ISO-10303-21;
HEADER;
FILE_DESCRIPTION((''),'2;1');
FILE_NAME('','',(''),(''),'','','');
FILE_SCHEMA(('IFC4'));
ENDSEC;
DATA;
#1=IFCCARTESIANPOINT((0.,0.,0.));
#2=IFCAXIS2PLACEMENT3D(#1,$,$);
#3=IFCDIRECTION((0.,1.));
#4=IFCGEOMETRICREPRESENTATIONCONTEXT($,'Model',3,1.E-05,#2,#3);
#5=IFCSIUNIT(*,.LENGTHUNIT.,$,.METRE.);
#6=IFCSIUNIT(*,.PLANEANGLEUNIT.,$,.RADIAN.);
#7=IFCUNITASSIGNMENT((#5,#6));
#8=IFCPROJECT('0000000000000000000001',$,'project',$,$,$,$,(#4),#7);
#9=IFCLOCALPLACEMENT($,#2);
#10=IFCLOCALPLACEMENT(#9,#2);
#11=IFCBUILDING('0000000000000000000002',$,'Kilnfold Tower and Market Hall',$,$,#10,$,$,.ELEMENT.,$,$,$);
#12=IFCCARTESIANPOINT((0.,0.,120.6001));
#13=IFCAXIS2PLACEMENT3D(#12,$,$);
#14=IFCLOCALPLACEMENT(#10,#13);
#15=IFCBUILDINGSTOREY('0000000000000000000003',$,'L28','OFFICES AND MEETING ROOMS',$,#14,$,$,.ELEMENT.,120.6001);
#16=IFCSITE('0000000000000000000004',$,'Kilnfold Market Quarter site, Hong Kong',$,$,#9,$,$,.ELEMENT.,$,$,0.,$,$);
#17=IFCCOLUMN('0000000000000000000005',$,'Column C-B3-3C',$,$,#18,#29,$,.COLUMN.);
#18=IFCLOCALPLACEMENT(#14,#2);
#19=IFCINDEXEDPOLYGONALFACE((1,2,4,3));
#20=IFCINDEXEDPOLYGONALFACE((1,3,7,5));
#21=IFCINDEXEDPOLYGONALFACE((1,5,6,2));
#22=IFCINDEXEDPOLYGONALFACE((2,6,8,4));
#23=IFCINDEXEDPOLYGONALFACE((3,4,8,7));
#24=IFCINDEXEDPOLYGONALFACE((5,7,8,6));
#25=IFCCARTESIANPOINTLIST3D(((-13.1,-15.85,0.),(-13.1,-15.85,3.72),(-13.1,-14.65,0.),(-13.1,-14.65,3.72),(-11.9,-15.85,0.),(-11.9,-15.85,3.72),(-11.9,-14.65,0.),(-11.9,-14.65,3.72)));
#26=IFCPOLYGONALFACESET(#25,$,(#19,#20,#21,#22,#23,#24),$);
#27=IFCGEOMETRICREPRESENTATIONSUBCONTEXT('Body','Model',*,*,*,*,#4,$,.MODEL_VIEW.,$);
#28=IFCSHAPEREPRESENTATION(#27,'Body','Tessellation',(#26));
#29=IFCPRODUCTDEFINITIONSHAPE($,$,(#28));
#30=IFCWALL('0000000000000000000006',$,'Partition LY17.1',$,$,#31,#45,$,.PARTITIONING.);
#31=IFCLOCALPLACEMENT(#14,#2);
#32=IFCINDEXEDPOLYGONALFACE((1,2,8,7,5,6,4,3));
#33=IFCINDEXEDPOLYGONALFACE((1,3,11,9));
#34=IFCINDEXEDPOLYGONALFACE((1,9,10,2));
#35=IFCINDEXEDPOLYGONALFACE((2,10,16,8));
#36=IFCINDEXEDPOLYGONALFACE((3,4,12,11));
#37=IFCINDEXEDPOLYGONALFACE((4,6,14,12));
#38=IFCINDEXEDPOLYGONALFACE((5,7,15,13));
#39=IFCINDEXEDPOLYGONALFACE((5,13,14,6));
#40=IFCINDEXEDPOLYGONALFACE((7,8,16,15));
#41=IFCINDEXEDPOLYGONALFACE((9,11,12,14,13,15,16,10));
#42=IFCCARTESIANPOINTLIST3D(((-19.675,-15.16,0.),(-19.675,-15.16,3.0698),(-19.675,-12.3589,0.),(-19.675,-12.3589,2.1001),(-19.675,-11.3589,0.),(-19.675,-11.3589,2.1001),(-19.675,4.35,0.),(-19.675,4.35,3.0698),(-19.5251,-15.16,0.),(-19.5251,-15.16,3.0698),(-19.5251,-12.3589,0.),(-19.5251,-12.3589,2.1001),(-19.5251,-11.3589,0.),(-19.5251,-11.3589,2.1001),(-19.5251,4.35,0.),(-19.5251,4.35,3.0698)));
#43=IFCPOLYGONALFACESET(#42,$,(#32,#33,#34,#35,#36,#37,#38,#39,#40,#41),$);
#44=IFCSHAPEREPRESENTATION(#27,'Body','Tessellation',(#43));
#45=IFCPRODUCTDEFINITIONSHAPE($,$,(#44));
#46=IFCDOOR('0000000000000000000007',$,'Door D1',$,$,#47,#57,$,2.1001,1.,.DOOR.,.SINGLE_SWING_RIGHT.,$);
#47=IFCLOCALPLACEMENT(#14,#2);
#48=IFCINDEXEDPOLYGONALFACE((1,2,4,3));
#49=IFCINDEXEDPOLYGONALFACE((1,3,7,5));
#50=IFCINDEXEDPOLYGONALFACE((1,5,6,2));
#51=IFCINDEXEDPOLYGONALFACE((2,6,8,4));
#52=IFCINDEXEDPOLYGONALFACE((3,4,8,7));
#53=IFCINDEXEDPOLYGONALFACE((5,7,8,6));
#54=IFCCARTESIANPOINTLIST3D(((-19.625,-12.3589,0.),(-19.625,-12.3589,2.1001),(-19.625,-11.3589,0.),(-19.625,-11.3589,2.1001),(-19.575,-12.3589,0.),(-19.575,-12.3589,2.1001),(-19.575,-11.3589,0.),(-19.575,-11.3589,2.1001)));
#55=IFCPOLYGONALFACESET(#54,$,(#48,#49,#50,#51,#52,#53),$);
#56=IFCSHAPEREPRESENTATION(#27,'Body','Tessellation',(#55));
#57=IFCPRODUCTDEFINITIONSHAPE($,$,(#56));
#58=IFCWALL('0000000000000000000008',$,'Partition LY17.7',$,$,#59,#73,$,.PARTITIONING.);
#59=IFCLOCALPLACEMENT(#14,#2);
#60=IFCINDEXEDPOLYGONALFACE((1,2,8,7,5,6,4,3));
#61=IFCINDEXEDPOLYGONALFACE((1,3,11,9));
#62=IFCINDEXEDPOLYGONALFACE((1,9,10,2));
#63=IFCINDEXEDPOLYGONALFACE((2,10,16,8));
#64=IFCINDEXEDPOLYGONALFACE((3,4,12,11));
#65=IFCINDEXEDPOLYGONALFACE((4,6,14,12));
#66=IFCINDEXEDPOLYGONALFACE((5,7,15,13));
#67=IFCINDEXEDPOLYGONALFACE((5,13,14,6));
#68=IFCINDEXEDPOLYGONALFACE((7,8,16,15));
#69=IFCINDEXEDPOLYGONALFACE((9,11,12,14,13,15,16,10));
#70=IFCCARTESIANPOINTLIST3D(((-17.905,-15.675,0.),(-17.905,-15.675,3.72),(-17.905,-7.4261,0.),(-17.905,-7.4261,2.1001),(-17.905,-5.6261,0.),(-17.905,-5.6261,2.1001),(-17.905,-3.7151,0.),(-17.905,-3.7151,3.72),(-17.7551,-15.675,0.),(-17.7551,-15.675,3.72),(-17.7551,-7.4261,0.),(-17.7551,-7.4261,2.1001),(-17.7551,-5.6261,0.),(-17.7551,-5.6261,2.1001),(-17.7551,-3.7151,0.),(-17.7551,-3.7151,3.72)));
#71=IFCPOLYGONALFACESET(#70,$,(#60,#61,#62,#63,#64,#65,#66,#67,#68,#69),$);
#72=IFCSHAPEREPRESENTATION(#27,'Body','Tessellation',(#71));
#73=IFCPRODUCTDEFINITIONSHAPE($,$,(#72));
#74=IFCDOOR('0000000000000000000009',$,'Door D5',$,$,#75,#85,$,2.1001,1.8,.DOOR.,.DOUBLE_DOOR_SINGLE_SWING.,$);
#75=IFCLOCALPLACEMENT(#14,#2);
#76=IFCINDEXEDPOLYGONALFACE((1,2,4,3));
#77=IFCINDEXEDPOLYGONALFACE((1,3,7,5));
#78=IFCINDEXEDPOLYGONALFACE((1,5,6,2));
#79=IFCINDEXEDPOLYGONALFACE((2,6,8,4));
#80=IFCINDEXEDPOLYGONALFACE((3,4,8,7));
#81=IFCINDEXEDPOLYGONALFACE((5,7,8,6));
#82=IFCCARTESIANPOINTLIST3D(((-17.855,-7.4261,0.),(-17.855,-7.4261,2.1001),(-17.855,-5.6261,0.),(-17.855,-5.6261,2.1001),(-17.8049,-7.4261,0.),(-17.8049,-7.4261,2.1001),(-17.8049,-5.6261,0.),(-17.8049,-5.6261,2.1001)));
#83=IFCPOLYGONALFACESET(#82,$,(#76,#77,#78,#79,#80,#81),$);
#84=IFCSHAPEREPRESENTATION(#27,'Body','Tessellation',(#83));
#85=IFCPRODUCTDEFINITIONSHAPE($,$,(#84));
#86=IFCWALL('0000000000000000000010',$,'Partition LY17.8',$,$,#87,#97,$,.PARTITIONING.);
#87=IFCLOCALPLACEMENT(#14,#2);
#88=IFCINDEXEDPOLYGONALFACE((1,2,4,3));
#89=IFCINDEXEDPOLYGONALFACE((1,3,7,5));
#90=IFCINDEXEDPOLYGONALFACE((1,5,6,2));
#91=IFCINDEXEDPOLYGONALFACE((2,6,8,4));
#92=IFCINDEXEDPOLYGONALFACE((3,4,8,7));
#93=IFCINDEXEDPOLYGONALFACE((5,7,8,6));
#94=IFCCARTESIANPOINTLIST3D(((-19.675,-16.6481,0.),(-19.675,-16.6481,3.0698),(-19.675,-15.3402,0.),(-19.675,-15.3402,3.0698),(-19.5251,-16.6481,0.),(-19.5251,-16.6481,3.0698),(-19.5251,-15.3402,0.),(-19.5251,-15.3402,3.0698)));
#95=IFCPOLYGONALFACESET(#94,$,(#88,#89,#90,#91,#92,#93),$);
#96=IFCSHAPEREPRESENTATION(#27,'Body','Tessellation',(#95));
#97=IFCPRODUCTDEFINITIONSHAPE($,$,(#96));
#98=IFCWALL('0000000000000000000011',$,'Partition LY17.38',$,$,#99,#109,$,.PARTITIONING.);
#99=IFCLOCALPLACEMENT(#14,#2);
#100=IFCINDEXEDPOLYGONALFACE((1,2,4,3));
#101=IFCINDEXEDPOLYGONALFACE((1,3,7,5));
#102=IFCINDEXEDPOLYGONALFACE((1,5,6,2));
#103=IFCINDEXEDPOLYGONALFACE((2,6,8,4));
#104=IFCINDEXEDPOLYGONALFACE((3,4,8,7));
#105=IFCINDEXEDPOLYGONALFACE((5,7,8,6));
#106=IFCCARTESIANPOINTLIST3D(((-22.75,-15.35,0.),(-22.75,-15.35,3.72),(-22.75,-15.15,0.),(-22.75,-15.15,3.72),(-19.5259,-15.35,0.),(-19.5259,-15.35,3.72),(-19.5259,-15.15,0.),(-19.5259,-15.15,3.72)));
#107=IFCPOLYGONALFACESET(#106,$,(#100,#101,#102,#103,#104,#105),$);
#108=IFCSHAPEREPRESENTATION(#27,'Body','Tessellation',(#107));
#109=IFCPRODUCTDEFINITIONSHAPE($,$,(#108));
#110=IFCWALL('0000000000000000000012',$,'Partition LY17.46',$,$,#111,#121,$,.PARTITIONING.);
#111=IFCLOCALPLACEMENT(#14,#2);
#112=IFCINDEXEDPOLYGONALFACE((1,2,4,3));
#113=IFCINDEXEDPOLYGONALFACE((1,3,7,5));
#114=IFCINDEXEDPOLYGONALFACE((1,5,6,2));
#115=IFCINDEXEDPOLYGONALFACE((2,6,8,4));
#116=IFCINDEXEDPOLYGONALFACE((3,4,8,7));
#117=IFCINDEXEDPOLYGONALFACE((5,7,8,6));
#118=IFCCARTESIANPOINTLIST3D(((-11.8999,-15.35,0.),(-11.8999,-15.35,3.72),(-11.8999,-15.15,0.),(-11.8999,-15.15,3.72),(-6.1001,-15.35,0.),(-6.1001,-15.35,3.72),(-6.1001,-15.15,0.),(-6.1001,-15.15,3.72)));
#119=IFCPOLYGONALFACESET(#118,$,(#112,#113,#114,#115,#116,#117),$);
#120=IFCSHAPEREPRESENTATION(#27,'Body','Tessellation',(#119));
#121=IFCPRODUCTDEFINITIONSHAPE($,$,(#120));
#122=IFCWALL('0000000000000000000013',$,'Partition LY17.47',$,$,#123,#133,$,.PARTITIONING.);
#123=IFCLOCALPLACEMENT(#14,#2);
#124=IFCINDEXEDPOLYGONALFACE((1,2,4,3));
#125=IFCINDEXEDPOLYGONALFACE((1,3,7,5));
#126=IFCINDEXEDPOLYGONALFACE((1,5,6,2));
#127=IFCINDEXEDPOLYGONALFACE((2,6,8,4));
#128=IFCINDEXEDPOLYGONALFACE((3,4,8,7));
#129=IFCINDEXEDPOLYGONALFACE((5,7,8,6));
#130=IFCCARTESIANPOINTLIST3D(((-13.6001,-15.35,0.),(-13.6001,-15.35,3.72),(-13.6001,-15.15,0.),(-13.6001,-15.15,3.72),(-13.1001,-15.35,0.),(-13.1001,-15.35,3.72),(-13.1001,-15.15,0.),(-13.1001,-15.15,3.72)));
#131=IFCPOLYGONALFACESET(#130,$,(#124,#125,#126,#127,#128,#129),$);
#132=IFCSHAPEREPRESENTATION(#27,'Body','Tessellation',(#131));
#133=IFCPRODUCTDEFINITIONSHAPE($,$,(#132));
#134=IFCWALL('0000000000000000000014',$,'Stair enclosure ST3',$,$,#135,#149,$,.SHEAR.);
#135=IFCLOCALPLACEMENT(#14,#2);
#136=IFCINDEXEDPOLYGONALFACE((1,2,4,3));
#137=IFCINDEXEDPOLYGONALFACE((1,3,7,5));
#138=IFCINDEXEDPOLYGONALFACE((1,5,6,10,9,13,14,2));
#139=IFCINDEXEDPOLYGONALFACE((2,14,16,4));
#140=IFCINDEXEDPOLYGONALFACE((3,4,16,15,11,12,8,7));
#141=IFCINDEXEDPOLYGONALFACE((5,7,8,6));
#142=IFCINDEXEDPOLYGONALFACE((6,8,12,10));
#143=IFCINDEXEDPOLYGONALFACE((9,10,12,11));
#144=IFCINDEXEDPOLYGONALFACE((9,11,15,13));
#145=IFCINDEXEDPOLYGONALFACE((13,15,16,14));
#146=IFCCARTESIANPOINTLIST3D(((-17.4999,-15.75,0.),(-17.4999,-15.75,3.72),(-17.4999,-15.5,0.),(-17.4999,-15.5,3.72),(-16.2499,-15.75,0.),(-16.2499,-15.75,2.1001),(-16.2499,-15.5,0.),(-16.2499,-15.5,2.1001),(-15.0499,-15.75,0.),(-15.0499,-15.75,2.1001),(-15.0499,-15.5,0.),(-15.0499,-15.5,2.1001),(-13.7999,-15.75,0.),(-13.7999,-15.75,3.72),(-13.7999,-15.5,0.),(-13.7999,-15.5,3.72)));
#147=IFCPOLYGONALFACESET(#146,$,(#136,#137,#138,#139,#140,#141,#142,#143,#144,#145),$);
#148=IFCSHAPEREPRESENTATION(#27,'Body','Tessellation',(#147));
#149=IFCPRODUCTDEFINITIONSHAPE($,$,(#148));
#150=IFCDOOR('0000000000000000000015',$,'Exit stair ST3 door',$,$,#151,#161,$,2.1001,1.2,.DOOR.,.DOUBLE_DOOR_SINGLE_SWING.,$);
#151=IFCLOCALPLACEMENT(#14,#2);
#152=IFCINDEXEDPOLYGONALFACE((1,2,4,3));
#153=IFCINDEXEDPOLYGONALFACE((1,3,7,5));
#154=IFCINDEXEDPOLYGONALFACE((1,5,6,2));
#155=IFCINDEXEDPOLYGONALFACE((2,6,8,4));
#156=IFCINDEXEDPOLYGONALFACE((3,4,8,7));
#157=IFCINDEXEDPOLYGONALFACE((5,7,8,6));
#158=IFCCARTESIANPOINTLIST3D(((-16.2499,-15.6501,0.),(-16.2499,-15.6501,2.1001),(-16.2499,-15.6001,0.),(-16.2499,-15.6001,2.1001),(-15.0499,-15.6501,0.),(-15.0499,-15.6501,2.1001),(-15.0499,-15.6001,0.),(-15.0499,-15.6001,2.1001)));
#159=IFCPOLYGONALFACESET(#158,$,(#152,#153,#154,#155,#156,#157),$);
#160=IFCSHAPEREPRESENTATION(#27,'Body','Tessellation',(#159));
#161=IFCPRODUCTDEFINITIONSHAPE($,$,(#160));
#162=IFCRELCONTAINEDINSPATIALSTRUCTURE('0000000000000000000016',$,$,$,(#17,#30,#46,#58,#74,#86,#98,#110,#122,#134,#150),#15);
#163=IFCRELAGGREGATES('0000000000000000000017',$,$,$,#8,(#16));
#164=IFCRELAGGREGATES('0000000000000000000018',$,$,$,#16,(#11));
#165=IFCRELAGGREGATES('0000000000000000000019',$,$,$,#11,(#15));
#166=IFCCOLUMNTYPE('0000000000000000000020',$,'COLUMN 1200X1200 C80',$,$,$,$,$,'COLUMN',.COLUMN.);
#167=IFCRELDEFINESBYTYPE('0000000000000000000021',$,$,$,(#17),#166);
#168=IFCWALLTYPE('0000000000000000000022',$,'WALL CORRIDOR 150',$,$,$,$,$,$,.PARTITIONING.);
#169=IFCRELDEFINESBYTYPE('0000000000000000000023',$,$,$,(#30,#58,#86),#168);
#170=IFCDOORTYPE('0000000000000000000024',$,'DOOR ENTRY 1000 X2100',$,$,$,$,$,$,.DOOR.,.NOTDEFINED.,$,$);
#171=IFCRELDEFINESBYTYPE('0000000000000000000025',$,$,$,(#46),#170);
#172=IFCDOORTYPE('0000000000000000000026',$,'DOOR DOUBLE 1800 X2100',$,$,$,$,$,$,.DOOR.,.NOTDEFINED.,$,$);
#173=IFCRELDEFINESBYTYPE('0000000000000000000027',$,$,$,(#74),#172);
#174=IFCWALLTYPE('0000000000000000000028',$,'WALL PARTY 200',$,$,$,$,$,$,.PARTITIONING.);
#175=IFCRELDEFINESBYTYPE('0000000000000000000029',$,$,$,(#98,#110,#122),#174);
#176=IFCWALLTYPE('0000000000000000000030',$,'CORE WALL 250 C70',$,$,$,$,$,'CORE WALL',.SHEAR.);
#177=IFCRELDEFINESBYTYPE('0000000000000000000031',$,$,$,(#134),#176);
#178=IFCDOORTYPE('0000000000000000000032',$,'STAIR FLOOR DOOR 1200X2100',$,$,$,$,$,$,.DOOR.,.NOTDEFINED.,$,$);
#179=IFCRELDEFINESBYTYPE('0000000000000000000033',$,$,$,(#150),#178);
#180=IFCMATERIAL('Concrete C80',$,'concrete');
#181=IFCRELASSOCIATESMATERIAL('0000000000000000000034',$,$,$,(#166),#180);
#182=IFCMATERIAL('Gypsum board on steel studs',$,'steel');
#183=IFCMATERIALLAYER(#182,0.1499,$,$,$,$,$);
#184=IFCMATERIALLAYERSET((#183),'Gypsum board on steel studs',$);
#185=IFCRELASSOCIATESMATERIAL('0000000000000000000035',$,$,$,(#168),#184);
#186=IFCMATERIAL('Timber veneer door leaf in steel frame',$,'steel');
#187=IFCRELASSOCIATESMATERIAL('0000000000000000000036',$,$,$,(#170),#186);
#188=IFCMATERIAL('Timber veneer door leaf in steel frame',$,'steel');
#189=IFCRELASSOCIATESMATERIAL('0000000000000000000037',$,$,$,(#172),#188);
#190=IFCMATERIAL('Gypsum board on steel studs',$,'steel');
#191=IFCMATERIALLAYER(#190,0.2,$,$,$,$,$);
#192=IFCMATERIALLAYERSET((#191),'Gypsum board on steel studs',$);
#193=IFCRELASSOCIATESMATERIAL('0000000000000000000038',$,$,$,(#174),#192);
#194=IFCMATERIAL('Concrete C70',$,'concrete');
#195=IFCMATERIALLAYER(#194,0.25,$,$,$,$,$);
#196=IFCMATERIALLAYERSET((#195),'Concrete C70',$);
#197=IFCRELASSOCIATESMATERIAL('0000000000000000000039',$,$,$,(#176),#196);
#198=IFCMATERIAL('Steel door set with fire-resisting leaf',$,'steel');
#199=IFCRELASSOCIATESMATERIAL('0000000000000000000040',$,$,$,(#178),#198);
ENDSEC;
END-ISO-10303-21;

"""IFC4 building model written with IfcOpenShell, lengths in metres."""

from ifc_helpers import new_model, si_unit, direction, frame, frame_2d, origin, origin_2d, place, context, subcontext, project, spatial, rectangle, extrude, source, transform, mapped, material, layer, layer_set, material_profile, profile_set, type_object, element, fill, save


model = new_model("IFC4")

# Units and contexts
model_context = context("Model", 3, precision=1e-05, world=origin(), true_north=direction((0.0, 1.0)))
body_context = subcontext(model_context, "Body", "Model", "MODEL_VIEW")
ifc_project = project(units=[si_unit("LENGTHUNIT", "METRE"), si_unit("PLANEANGLEUNIT", "RADIAN")], contexts=[model_context])

# Site, building, storey
site_placement = place(None, origin())
site = spatial("IfcSite", under=ifc_project, at=site_placement, Name="Kilnfold Market Quarter site, Hong Kong", CompositionType="ELEMENT", RefElevation=0.0)
building_placement = place(site_placement, origin())
building = spatial("IfcBuilding", under=site, at=building_placement, Name="Kilnfold Tower and Market Hall", CompositionType="ELEMENT")
storey_placement = place(building_placement, frame((0.0, 0.0, 120.6001)))
storey = spatial("IfcBuildingStorey", under=building, at=storey_placement, Name="L28", Description="OFFICES AND MEETING ROOMS", CompositionType="ELEMENT", Elevation=120.6001)

# Column
ifc_material_1 = material(Name="Concrete C80", Category="concrete")
ifc_material_profile = material_profile(ifc_material_1, rectangle(XDim=1.2, YDim=1.2, at=origin_2d()), Name="RC 1200x1200")
ifc_profile_set = profile_set([ifc_material_profile], Name="Concrete C80")
column_type = type_object("IfcColumnType", Name="COLUMN 1200X1200 C80", ElementType="COLUMN", PredefinedType="COLUMN", material=ifc_profile_set)
shared_shape_1 = source(origin(), body_context, "Body", "SweptSolid", [
    extrude(rectangle(XDim=1.2, YDim=1.2, at=origin_2d()), origin(), (0.0, 0.0, 1.0), 3.72),
])
column_placement = place(storey_placement, frame((-12.5, -15.25, 0.0), z_axis=(0.0, 0.0, 1.0), x_axis=(1.0, 0.0, 0.0)))
element("IfcColumn", 1, at=column_placement, inside=storey, type_object=column_type, Name="Column C-B3-3C", PredefinedType="COLUMN", context=body_context, shape_type="MappedRepresentation", body=[
    mapped(shared_shape_1, transform((0.0, 0.0, 0.0))),
])

# Walls, openings, doors
ifc_material_2 = material(Name="Gypsum board on steel studs", Category="steel")
ifc_layer_1 = layer(ifc_material_2, 0.1499)
ifc_layer_set_1 = layer_set([ifc_layer_1], Name="Gypsum board on steel studs")
wall_type_1 = type_object("IfcWallType", Name="WALL CORRIDOR 150", PredefinedType="PARTITIONING", material=ifc_layer_set_1)
wall_1_placement = place(storey_placement, frame((-19.6001, -15.1599, 0.0), z_axis=(0.0, 0.0, 1.0), x_axis=(0.0, 1.0, 0.0)))
wall_1 = element("IfcWall", 2, at=wall_1_placement, inside=storey, type_object=wall_type_1, Name="Partition LY17.1", PredefinedType="PARTITIONING", context=body_context, shape_type="SweptSolid", body=[
    extrude(rectangle(XDim=19.51, YDim=0.1499, at=frame_2d((9.7549, 0.0))), origin(), (0.0, 0.0, 1.0), 3.0698),
])
opening_1_placement = place(wall_1_placement, frame((2.801, 0.0, 0.0)))
opening_1 = element("IfcOpeningElement", 3, at=opening_1_placement, cuts=wall_1, PredefinedType="OPENING", context=body_context, shape_type="SweptSolid", body=[
    extrude(rectangle(XDim=1.0, YDim=2.1001, at=frame_2d((0.5, 1.05))), frame((0.0, 0.085, 0.0), z_axis=(0.0, -1.0, 0.0), x_axis=(1.0, 0.0, 0.0)), (0.0, 0.0, 1.0), 0.1699),
])
ifc_material_3 = material(Name="Timber veneer door leaf in steel frame", Category="steel")
door_type_1 = type_object("IfcDoorType", Name="DOOR ENTRY 1000 X2100", OperationType="NOTDEFINED", PredefinedType="DOOR", material=ifc_material_3)
door_1_placement = place(opening_1_placement, origin())
door_1 = element("IfcDoor", 4, at=door_1_placement, inside=storey, type_object=door_type_1, Name="Door D1", OperationType="SINGLE_SWING_RIGHT", OverallHeight=2.1001, OverallWidth=1.0, PredefinedType="DOOR", context=body_context, shape_type="SweptSolid", body=[
    extrude(rectangle(XDim=1.0, YDim=2.1001, at=frame_2d((0.5, 1.05))), frame((0.0, 0.0249, 0.0), z_axis=(0.0, -1.0, 0.0), x_axis=(1.0, 0.0, 0.0)), (0.0, 0.0, 1.0), 0.05),
])
fill(opening_1, door_1)
wall_2_placement = place(storey_placement, frame((-17.8301, -15.675, 0.0), z_axis=(0.0, 0.0, 1.0), x_axis=(0.0, 1.0, 0.0)))
wall_2 = element("IfcWall", 5, at=wall_2_placement, inside=storey, type_object=wall_type_1, Name="Partition LY17.7", PredefinedType="PARTITIONING", context=body_context, shape_type="SweptSolid", body=[
    extrude(rectangle(XDim=11.96, YDim=0.1499, at=frame_2d((5.98, 0.0))), origin(), (0.0, 0.0, 1.0), 3.72),
])
opening_2_placement = place(wall_2_placement, frame((8.249, 0.0, 0.0)))
opening_2 = element("IfcOpeningElement", 6, at=opening_2_placement, cuts=wall_2, PredefinedType="OPENING", context=body_context, shape_type="SweptSolid", body=[
    extrude(rectangle(XDim=1.8, YDim=2.1001, at=frame_2d((0.8999, 1.05))), frame((0.0, 0.085, 0.0), z_axis=(0.0, -1.0, 0.0), x_axis=(1.0, 0.0, 0.0)), (0.0, 0.0, 1.0), 0.1699),
])
ifc_material_4 = material(Name="Timber veneer door leaf in steel frame", Category="steel")
door_type_2 = type_object("IfcDoorType", Name="DOOR DOUBLE 1800 X2100", OperationType="NOTDEFINED", PredefinedType="DOOR", material=ifc_material_4)
door_2_placement = place(opening_2_placement, origin())
door_2 = element("IfcDoor", 7, at=door_2_placement, inside=storey, type_object=door_type_2, Name="Door D5", OperationType="DOUBLE_DOOR_SINGLE_SWING", OverallHeight=2.1001, OverallWidth=1.8, PredefinedType="DOOR", context=body_context, shape_type="SweptSolid", body=[
    extrude(rectangle(XDim=1.8, YDim=2.1001, at=frame_2d((0.8999, 1.05))), frame((0.0, 0.0249, 0.0), z_axis=(0.0, -1.0, 0.0), x_axis=(1.0, 0.0, 0.0)), (0.0, 0.0, 1.0), 0.05),
])
fill(opening_2, door_2)

# Walls
wall_3_placement = place(storey_placement, frame((-19.6001, -16.6479, 0.0), z_axis=(0.0, 0.0, 1.0), x_axis=(0.0, 1.0, 0.0)))
element("IfcWall", 8, at=wall_3_placement, inside=storey, type_object=wall_type_1, Name="Partition LY17.8", PredefinedType="PARTITIONING", context=body_context, shape_type="SweptSolid", body=[
    extrude(rectangle(XDim=1.3079, YDim=0.1499, at=frame_2d((0.6538, 0.0))), origin(), (0.0, 0.0, 1.0), 3.0698),
])
ifc_material_5 = material(Name="Gypsum board on steel studs", Category="steel")
ifc_layer_2 = layer(ifc_material_5, 0.2)
ifc_layer_set_2 = layer_set([ifc_layer_2], Name="Gypsum board on steel studs")
wall_type_2 = type_object("IfcWallType", Name="WALL PARTY 200", PredefinedType="PARTITIONING", material=ifc_layer_set_2)
wall_4_placement = place(storey_placement, frame((-22.75, -15.25, 0.0), z_axis=(0.0, 0.0, 1.0), x_axis=(1.0, 0.0, 0.0)))
element("IfcWall", 9, at=wall_4_placement, inside=storey, type_object=wall_type_2, Name="Partition LY17.38", PredefinedType="PARTITIONING", context=body_context, shape_type="SweptSolid", body=[
    extrude(rectangle(XDim=3.2241, YDim=0.2, at=frame_2d((1.6121, 0.0))), origin(), (0.0, 0.0, 1.0), 3.72),
])
wall_5_placement = place(storey_placement, frame((-11.8999, -15.25, 0.0), z_axis=(0.0, 0.0, 1.0), x_axis=(1.0, 0.0, 0.0)))
element("IfcWall", 10, at=wall_5_placement, inside=storey, type_object=wall_type_2, Name="Partition LY17.46", PredefinedType="PARTITIONING", context=body_context, shape_type="SweptSolid", body=[
    extrude(rectangle(XDim=5.7998, YDim=0.2, at=frame_2d((2.8999, 0.0))), origin(), (0.0, 0.0, 1.0), 3.72),
])
wall_6_placement = place(storey_placement, frame((-13.6001, -15.25, 0.0), z_axis=(0.0, 0.0, 1.0), x_axis=(1.0, 0.0, 0.0)))
element("IfcWall", 11, at=wall_6_placement, inside=storey, type_object=wall_type_2, Name="Partition LY17.47", PredefinedType="PARTITIONING", context=body_context, shape_type="SweptSolid", body=[
    extrude(rectangle(XDim=0.5, YDim=0.2, at=frame_2d((0.25, 0.0))), origin(), (0.0, 0.0, 1.0), 3.72),
])

# Wall, opening, door
ifc_material_6 = material(Name="Concrete C70", Category="concrete")
ifc_layer_3 = layer(ifc_material_6, 0.25)
ifc_layer_set_3 = layer_set([ifc_layer_3], Name="Concrete C70")
wall_type_3 = type_object("IfcWallType", Name="CORE WALL 250 C70", ElementType="CORE WALL", PredefinedType="SHEAR", material=ifc_layer_set_3)
shared_shape_2 = source(origin(), body_context, "Body", "SweptSolid", [
    extrude(rectangle(XDim=3.7, YDim=0.25, at=frame_2d((1.8501, 0.0))), origin(), (0.0, 0.0, 1.0), 3.72),
])
wall_7_placement = place(storey_placement, frame((-17.5, -15.625, 0.0), z_axis=(0.0, 0.0, 1.0), x_axis=(1.0, 0.0, 0.0)))
wall_7 = element("IfcWall", 12, at=wall_7_placement, inside=storey, type_object=wall_type_3, Name="Stair enclosure ST3", PredefinedType="SHEAR", context=body_context, shape_type="MappedRepresentation", body=[
    mapped(shared_shape_2, transform((0.0, 0.0, 0.0))),
])
opening_3_placement = place(wall_7_placement, frame((1.25, 0.0, 0.0)))
opening_3 = element("IfcOpeningElement", 13, at=opening_3_placement, cuts=wall_7, PredefinedType="OPENING", context=body_context, shape_type="SweptSolid", body=[
    extrude(rectangle(XDim=1.2, YDim=2.1001, at=frame_2d((0.6001, 1.05))), frame((0.0, 0.135, 0.0), z_axis=(0.0, -1.0, 0.0), x_axis=(1.0, 0.0, 0.0)), (0.0, 0.0, 1.0), 0.27),
])
ifc_material_7 = material(Name="Steel door set with fire-resisting leaf", Category="steel")
door_type_3 = type_object("IfcDoorType", Name="STAIR FLOOR DOOR 1200X2100", OperationType="NOTDEFINED", PredefinedType="DOOR", material=ifc_material_7)
door_3_placement = place(opening_3_placement, origin())
door_3 = element("IfcDoor", 14, at=door_3_placement, inside=storey, type_object=door_type_3, Name="Exit stair ST3 door", OperationType="DOUBLE_DOOR_SINGLE_SWING", OverallHeight=2.1001, OverallWidth=1.2, PredefinedType="DOOR", context=body_context, shape_type="SweptSolid", body=[
    extrude(rectangle(XDim=1.2, YDim=2.1001, at=frame_2d((0.6001, 1.05))), frame((0.0, 0.0249, 0.0), z_axis=(0.0, -1.0, 0.0), x_axis=(1.0, 0.0, 0.0)), (0.0, 0.0, 1.0), 0.05),
])
fill(opening_3, door_3)

save(model, "model.ifc")
